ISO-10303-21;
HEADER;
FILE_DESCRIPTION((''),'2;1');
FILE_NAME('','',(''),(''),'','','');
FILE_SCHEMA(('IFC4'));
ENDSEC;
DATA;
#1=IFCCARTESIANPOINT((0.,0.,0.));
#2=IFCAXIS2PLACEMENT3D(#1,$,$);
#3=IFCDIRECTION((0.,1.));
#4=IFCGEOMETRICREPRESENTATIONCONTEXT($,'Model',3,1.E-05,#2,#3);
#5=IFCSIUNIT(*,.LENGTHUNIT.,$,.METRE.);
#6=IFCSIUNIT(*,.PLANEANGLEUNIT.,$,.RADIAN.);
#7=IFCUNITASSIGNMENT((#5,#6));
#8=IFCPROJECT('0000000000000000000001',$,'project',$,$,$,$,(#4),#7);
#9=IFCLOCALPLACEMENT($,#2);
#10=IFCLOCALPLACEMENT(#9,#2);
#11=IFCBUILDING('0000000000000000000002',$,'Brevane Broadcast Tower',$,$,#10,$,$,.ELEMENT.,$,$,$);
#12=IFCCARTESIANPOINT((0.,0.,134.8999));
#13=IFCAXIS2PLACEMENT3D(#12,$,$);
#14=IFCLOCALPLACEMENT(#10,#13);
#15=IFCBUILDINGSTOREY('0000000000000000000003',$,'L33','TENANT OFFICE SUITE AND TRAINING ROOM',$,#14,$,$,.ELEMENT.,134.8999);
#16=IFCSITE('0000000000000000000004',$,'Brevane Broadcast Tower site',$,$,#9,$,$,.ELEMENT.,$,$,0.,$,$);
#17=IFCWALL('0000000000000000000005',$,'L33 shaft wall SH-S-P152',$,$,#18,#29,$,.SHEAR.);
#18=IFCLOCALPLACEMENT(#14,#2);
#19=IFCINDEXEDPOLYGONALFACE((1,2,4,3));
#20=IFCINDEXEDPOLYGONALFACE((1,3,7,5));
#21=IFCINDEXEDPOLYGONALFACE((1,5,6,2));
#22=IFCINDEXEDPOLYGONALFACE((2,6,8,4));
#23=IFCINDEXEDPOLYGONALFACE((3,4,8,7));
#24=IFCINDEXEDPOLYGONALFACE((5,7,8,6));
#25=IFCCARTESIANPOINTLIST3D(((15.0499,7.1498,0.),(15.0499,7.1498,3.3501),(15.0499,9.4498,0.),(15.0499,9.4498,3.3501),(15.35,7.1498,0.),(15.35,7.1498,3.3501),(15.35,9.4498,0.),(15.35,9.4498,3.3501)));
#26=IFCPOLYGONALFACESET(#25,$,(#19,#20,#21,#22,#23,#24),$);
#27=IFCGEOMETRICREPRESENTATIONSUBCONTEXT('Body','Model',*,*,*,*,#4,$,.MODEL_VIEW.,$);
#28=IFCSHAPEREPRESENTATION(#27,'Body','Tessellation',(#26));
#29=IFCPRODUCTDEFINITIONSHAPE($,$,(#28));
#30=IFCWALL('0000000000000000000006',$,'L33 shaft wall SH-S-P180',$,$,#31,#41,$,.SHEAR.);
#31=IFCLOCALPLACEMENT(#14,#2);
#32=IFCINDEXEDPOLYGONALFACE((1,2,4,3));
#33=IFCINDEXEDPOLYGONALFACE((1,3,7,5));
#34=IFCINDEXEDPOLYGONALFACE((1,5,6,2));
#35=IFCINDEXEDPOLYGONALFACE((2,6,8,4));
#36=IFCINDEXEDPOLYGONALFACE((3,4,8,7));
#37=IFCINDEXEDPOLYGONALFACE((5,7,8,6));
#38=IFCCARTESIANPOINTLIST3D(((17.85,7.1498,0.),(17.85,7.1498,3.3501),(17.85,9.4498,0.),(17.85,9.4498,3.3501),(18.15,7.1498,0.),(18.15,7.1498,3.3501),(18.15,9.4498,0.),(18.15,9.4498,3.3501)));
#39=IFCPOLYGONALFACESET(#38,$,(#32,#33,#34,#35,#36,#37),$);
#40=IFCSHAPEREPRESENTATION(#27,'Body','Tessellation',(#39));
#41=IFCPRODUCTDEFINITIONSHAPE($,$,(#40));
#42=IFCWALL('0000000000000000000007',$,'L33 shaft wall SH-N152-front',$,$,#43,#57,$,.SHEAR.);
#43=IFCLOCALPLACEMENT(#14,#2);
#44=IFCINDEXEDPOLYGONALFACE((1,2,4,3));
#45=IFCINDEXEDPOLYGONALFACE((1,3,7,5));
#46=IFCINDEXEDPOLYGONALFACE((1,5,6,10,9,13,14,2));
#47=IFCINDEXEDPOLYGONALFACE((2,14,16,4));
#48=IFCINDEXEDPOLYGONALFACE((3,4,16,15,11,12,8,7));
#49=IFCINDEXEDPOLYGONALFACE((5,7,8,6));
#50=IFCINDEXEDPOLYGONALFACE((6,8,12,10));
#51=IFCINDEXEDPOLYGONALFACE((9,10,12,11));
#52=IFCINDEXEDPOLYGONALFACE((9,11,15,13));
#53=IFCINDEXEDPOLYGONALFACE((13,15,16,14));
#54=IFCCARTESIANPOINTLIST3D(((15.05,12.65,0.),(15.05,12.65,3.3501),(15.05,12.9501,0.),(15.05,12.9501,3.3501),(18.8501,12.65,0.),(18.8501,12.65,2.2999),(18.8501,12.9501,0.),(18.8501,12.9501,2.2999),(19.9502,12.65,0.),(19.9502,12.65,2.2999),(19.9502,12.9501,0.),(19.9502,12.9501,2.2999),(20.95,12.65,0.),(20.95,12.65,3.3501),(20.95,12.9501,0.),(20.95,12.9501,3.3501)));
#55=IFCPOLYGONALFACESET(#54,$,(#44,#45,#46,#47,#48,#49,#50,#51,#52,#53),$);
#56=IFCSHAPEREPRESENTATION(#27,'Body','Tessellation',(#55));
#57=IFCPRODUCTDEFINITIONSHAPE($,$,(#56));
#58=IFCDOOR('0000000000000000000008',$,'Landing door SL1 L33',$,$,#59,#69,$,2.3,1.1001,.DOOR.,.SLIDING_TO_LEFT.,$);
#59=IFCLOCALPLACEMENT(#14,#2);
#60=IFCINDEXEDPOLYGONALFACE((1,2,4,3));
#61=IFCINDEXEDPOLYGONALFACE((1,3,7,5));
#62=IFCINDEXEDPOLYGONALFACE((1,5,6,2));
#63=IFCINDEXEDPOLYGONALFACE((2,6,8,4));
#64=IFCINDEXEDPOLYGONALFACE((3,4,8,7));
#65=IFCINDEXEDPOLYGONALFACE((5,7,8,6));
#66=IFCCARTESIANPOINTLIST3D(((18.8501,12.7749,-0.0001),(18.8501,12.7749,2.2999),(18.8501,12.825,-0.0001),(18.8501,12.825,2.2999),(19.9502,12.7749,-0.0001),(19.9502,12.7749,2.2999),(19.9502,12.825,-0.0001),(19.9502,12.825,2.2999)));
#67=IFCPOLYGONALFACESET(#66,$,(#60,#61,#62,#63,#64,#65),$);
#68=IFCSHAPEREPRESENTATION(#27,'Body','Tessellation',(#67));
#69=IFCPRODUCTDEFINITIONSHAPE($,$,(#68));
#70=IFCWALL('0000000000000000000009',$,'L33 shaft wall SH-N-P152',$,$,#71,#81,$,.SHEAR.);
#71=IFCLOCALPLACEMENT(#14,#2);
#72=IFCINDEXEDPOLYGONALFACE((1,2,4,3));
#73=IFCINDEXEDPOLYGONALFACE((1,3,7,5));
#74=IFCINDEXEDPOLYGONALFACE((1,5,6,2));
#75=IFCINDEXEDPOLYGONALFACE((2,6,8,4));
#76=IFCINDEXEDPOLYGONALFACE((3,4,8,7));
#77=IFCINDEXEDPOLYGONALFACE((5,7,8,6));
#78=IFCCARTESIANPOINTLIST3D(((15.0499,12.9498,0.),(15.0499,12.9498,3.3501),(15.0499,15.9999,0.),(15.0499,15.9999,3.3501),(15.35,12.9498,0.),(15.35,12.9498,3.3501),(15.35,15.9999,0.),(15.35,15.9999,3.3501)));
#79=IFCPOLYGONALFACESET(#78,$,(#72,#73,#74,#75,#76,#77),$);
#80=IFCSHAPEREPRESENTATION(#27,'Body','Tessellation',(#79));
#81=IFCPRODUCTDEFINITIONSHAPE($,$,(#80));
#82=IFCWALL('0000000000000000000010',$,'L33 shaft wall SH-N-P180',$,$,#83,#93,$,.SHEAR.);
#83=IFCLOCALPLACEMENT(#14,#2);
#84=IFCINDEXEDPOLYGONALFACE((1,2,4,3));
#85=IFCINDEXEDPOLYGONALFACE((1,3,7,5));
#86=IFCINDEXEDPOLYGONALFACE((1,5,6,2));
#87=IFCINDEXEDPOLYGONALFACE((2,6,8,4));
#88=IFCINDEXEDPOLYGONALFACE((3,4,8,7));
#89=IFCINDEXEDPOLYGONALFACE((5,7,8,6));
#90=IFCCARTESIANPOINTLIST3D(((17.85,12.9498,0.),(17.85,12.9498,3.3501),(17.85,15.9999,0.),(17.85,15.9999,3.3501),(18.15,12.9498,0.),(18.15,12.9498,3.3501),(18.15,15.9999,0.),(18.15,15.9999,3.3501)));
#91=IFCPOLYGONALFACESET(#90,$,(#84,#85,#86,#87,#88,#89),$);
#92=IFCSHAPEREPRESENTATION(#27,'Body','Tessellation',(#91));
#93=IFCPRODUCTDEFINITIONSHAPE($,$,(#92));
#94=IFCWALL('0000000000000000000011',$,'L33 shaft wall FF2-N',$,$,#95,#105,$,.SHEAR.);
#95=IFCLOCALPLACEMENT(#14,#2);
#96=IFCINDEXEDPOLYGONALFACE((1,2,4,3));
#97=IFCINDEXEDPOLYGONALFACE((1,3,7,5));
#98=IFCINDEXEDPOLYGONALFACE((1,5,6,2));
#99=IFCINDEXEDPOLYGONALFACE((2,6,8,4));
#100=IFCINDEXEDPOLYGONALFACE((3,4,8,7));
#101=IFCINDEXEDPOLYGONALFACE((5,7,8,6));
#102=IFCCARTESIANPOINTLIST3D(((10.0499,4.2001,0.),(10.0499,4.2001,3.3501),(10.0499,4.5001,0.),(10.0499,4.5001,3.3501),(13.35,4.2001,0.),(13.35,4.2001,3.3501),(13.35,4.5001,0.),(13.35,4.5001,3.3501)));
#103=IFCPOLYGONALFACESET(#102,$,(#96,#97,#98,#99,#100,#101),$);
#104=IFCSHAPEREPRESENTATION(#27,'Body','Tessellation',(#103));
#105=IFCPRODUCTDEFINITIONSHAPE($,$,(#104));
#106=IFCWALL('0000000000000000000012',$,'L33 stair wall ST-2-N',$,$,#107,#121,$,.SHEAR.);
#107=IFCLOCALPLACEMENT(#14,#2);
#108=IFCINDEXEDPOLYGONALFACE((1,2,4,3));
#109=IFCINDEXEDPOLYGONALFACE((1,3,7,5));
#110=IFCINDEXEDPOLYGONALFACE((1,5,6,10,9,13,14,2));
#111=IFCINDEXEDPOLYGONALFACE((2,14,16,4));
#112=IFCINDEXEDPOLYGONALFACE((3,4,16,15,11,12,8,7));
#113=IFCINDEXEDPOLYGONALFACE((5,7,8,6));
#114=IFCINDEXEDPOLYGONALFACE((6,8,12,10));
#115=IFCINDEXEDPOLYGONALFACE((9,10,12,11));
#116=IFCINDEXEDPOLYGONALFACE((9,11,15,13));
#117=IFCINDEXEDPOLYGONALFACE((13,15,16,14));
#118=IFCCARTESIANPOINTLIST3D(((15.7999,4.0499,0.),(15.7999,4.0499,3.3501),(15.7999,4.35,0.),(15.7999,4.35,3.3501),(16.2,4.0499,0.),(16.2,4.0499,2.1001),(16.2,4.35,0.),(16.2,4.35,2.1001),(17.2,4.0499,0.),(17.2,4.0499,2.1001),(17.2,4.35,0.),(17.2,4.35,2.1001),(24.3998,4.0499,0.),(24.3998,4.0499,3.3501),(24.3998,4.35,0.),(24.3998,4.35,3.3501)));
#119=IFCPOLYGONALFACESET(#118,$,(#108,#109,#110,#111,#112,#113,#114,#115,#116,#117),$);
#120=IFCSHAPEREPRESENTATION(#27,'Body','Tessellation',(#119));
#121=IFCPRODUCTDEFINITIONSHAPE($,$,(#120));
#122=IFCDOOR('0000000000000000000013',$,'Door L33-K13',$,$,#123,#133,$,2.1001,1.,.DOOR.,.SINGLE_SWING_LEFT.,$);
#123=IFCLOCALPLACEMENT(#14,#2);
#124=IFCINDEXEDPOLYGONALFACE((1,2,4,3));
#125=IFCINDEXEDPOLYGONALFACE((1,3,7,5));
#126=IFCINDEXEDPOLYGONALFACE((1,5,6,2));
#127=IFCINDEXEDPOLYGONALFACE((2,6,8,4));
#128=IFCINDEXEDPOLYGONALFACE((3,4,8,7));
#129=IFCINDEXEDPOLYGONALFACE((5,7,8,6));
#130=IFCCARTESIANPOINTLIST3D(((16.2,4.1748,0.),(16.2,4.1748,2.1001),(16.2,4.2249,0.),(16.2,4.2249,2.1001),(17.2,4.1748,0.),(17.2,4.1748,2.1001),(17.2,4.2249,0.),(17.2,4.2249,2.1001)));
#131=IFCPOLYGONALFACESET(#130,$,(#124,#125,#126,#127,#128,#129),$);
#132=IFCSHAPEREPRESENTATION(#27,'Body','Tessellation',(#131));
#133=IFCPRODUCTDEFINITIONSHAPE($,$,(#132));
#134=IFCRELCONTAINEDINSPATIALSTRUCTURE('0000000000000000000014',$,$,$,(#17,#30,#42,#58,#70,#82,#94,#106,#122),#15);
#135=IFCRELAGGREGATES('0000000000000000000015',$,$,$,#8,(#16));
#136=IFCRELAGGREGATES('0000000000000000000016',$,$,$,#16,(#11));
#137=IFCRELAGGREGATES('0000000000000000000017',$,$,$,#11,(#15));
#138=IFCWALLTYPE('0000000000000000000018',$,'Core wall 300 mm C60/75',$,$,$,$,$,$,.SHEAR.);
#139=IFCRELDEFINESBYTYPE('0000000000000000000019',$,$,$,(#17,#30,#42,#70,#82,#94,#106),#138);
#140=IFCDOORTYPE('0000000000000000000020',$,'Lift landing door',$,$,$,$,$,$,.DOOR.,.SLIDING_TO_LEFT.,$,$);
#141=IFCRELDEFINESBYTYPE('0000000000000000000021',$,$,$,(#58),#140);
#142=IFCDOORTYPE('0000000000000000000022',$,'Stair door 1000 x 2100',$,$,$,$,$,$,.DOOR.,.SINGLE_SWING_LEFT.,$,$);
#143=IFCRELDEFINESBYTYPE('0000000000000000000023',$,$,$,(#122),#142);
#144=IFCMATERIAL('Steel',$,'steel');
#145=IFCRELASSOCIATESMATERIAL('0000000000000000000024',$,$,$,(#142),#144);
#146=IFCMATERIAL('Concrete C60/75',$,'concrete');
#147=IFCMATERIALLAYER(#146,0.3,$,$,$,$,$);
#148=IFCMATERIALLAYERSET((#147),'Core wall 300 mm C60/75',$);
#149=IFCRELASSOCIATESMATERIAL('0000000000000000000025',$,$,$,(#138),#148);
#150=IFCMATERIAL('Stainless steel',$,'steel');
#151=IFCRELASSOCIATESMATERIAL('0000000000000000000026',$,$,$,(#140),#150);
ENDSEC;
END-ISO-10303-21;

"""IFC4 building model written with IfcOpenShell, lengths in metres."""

from ifc_helpers import new_model, si_unit, direction, frame, frame_2d, origin, place, context, subcontext, project, spatial, rectangle, extrude, material, layer, layer_set, type_object, element, fill, save


model = new_model("IFC4")

# Units and contexts
model_context = context("Model", 3, precision=1e-05, world=origin(), true_north=direction((0.0, 1.0)))
body_context = subcontext(model_context, "Body", "Model", "MODEL_VIEW")
ifc_project = project(units=[si_unit("LENGTHUNIT", "METRE"), si_unit("PLANEANGLEUNIT", "RADIAN")], contexts=[model_context])

# Site, building, storey
site_placement = place(None, origin())
site = spatial("IfcSite", under=ifc_project, at=site_placement, Name="Brevane Broadcast Tower site", CompositionType="ELEMENT", RefElevation=0.0)
building_placement = place(site_placement, origin())
building = spatial("IfcBuilding", under=site, at=building_placement, Name="Brevane Broadcast Tower", CompositionType="ELEMENT")
storey_placement = place(building_placement, frame((0.0, 0.0, 134.8999)))
storey = spatial("IfcBuildingStorey", under=building, at=storey_placement, Name="L33", Description="TENANT OFFICE SUITE AND TRAINING ROOM", CompositionType="ELEMENT", Elevation=134.8999)

# Shared definitions
ifc_material_1 = material(Name="Steel", Category="steel")
door_type_1 = type_object("IfcDoorType", Name="Stair door 1000 x 2100", OperationType="SINGLE_SWING_LEFT", PredefinedType="DOOR", material=ifc_material_1)

# Walls
ifc_material_2 = material(Name="Concrete C60/75", Category="concrete")
ifc_layer_1 = layer(ifc_material_2, 0.3)
ifc_layer_set_1 = layer_set([ifc_layer_1], Name="Core wall 300 mm C60/75")
wall_type_1 = type_object("IfcWallType", Name="Core wall 300 mm C60/75", PredefinedType="SHEAR", material=ifc_layer_set_1)
for number, where, z_axis, x_axis, name in (
    (1, (15.2, 7.1499, 0.0), (0.0, 0.0, 1.0), (0.0, 1.0, 0.0), "L33 shaft wall SH-S-P152"),
    (2, (18.0, 7.1499, 0.0), (0.0, 0.0, 1.0), (0.0, 1.0, 0.0), "L33 shaft wall SH-S-P180"),
):
    element("IfcWall", number, at=place(storey_placement, frame(where, z_axis=z_axis, x_axis=x_axis)), inside=storey, type_object=wall_type_1, Name=name, PredefinedType="SHEAR", context=body_context, shape_type="SweptSolid", body=[
        extrude(rectangle(XDim=2.3, YDim=0.3, at=frame_2d((1.1499, 0.0))), origin(), (0.0, 0.0, 1.0), 3.3501),
    ])

# Wall, opening, door
wall_1_placement = place(storey_placement, frame((15.05, 12.8, 0.0), z_axis=(0.0, 0.0, 1.0), x_axis=(1.0, 0.0, 0.0)))
wall_1 = element("IfcWall", 3, at=wall_1_placement, inside=storey, type_object=wall_type_1, Name="L33 shaft wall SH-N152-front", PredefinedType="SHEAR", context=body_context, shape_type="SweptSolid", body=[
    extrude(rectangle(XDim=5.8999, YDim=0.3, at=frame_2d((2.95, 0.0))), origin(), (0.0, 0.0, 1.0), 3.3501),
])
opening_1_placement = place(wall_1_placement, frame((3.8, 0.0, 0.0)))
opening_1 = element("IfcOpeningElement", 4, at=opening_1_placement, cuts=wall_1, PredefinedType="OPENING", context=body_context, shape_type="SweptSolid", body=[
    extrude(rectangle(XDim=1.1001, YDim=2.3, at=frame_2d((0.55, 1.1499))), frame((0.0, 0.1599, 0.0), z_axis=(0.0, -1.0, 0.0), x_axis=(1.0, 0.0, 0.0)), (0.0, 0.0, 1.0), 0.3201),
])
ifc_material_3 = material(Name="Stainless steel", Category="steel")
door_type_2 = type_object("IfcDoorType", Name="Lift landing door", OperationType="SLIDING_TO_LEFT", PredefinedType="DOOR", material=ifc_material_3)
door_1_placement = place(opening_1_placement, origin())
door_1 = element("IfcDoor", 5, at=door_1_placement, inside=storey, type_object=door_type_2, Name="Landing door SL1 L33", OperationType="SLIDING_TO_LEFT", OverallHeight=2.3, OverallWidth=1.1001, PredefinedType="DOOR", context=body_context, shape_type="SweptSolid", body=[
    extrude(rectangle(XDim=1.1001, YDim=2.3, at=frame_2d((0.55, 1.1499))), frame((0.0, 0.0249, 0.0), z_axis=(0.0, -1.0, 0.0), x_axis=(1.0, 0.0, 0.0)), (0.0, 0.0, 1.0), 0.05),
])
fill(opening_1, door_1)

# Walls
for number, where, z_axis, x_axis, name in (
    (6, (15.2, 12.95, 0.0), (0.0, 0.0, 1.0), (0.0, 1.0, 0.0), "L33 shaft wall SH-N-P152"),
    (7, (18.0, 12.95, 0.0), (0.0, 0.0, 1.0), (0.0, 1.0, 0.0), "L33 shaft wall SH-N-P180"),
):
    element("IfcWall", number, at=place(storey_placement, frame(where, z_axis=z_axis, x_axis=x_axis)), inside=storey, type_object=wall_type_1, Name=name, PredefinedType="SHEAR", context=body_context, shape_type="SweptSolid", body=[
        extrude(rectangle(XDim=3.05, YDim=0.3, at=frame_2d((1.5249, 0.0))), origin(), (0.0, 0.0, 1.0), 3.3501),
    ])
wall_2_placement = place(storey_placement, frame((10.05, 4.3501, 0.0), z_axis=(0.0, 0.0, 1.0), x_axis=(1.0, 0.0, 0.0)))
element("IfcWall", 8, at=wall_2_placement, inside=storey, type_object=wall_type_1, Name="L33 shaft wall FF2-N", PredefinedType="SHEAR", context=body_context, shape_type="SweptSolid", body=[
    extrude(rectangle(XDim=3.3, YDim=0.3, at=frame_2d((1.6499, 0.0))), origin(), (0.0, 0.0, 1.0), 3.3501),
])

# Wall, opening, door
wall_3_placement = place(storey_placement, frame((15.8, 4.2, 0.0), z_axis=(0.0, 0.0, 1.0), x_axis=(1.0, 0.0, 0.0)))
wall_3 = element("IfcWall", 9, at=wall_3_placement, inside=storey, type_object=wall_type_1, Name="L33 stair wall ST-2-N", PredefinedType="SHEAR", context=body_context, shape_type="SweptSolid", body=[
    extrude(rectangle(XDim=8.5999, YDim=0.3, at=frame_2d((4.2998, 0.0))), origin(), (0.0, 0.0, 1.0), 3.3501),
])
opening_2_placement = place(wall_3_placement, frame((0.3999, 0.0, 0.0)))
opening_2 = element("IfcOpeningElement", 10, at=opening_2_placement, cuts=wall_3, PredefinedType="OPENING", context=body_context, shape_type="SweptSolid", body=[
    extrude(rectangle(XDim=1.0, YDim=2.1001, at=frame_2d((0.5, 1.05))), frame((0.0, 0.1599, 0.0), z_axis=(0.0, -1.0, 0.0), x_axis=(1.0, 0.0, 0.0)), (0.0, 0.0, 1.0), 0.3201),
])
door_2_placement = place(opening_2_placement, origin())
door_2 = element("IfcDoor", 11, at=door_2_placement, inside=storey, type_object=door_type_1, Name="Door L33-K13", OperationType="SINGLE_SWING_LEFT", OverallHeight=2.1001, OverallWidth=1.0, PredefinedType="DOOR", context=body_context, shape_type="SweptSolid", body=[
    extrude(rectangle(XDim=1.0, YDim=2.1001, at=frame_2d((0.5, 1.05))), frame((0.0, 0.0249, 0.0), z_axis=(0.0, -1.0, 0.0), x_axis=(1.0, 0.0, 0.0)), (0.0, 0.0, 1.0), 0.05),
])
fill(opening_2, door_2)

save(model, "model.ifc")
